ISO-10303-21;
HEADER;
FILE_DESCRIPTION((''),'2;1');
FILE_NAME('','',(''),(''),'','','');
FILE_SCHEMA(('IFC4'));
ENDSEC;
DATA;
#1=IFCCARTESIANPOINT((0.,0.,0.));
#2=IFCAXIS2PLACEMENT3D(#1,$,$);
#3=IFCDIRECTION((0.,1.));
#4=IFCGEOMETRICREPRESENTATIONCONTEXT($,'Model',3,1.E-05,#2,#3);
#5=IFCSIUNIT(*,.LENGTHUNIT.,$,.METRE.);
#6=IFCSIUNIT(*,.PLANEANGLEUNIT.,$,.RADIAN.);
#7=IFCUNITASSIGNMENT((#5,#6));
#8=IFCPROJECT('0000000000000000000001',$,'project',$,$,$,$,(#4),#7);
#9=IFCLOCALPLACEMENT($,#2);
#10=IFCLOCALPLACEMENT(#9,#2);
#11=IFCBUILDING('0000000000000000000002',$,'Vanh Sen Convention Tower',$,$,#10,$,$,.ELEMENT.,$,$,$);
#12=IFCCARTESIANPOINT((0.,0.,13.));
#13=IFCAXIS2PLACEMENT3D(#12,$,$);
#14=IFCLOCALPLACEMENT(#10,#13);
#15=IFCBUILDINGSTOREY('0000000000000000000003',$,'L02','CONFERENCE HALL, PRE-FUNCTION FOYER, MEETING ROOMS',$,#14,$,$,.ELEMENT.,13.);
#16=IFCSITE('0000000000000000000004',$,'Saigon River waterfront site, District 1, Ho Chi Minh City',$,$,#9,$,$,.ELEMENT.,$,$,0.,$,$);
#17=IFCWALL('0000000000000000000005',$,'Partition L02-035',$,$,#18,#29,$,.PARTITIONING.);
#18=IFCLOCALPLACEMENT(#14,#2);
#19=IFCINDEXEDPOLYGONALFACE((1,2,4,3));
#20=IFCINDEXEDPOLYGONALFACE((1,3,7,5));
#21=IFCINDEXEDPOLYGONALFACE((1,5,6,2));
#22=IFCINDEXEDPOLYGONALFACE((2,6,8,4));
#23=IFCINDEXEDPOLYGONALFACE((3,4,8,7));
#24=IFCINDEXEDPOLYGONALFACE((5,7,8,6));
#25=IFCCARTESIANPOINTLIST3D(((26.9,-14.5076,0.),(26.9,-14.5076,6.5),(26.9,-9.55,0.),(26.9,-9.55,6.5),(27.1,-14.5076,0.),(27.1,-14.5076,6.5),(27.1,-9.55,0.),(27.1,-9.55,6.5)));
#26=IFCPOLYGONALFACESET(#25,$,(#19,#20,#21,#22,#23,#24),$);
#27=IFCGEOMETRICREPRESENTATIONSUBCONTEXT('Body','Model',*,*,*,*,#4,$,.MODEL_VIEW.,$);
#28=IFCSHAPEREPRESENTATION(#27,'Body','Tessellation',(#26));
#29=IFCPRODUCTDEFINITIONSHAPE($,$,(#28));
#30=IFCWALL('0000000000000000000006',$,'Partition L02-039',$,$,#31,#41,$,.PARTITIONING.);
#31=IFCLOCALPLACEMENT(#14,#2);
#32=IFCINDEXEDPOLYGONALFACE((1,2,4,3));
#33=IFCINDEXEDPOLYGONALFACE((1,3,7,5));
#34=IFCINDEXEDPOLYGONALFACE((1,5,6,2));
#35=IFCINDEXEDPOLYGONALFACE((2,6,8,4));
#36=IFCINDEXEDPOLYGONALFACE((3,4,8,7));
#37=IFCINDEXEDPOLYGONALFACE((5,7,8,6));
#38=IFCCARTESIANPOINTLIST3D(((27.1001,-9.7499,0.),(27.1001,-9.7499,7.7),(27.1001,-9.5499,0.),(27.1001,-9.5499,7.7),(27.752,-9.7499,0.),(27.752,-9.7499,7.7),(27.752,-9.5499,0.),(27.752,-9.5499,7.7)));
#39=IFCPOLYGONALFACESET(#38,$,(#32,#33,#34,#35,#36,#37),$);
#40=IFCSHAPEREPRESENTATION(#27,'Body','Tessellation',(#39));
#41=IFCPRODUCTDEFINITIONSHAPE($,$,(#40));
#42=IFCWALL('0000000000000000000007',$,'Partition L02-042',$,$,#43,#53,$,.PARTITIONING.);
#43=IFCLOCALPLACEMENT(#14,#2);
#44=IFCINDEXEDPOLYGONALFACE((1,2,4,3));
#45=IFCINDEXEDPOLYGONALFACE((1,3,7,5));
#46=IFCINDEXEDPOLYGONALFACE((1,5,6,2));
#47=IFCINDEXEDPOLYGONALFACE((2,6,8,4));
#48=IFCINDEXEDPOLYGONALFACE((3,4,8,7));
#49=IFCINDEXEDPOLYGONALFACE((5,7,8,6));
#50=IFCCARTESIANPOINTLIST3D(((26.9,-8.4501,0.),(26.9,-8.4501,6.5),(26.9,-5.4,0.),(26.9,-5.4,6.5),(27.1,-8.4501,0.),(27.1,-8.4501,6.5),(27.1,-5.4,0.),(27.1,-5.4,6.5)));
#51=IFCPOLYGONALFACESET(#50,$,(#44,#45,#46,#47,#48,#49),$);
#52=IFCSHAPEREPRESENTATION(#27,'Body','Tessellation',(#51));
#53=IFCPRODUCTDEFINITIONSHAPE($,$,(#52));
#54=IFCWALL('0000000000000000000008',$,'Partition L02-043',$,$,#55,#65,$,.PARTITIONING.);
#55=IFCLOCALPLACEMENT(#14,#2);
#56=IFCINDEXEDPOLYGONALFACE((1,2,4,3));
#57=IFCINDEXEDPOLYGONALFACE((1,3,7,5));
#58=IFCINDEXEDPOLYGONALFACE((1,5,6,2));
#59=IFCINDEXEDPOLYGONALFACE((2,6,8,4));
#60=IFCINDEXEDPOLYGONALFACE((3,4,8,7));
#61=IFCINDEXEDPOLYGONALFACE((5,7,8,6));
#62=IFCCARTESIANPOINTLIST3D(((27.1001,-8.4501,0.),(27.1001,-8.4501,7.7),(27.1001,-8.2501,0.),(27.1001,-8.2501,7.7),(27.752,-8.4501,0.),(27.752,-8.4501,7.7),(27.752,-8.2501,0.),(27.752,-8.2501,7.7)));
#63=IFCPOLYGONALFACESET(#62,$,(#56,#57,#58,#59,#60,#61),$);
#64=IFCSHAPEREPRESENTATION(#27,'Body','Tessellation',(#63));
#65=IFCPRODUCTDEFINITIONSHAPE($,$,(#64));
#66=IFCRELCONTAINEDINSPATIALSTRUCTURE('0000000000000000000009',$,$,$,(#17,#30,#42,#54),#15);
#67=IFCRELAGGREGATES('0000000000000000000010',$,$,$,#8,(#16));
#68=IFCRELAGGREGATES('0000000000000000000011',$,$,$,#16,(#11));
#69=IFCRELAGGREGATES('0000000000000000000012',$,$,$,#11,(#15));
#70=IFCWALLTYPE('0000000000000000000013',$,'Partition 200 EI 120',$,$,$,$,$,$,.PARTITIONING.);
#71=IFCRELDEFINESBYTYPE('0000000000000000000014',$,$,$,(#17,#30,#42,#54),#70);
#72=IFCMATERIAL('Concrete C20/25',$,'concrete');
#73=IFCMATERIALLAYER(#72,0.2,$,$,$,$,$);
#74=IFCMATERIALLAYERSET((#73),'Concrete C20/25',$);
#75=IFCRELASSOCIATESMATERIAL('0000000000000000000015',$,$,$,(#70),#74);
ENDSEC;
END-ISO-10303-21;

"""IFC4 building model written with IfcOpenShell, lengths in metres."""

from ifc_helpers import new_model, si_unit, direction, frame, frame_2d, origin, place, context, subcontext, project, spatial, rectangle, extrude, material, layer, layer_set, type_object, element, save


model = new_model("IFC4")

# Units and contexts
model_context = context("Model", 3, precision=1e-05, world=origin(), true_north=direction((0.0, 1.0)))
body_context = subcontext(model_context, "Body", "Model", "MODEL_VIEW")
ifc_project = project(units=[si_unit("LENGTHUNIT", "METRE"), si_unit("PLANEANGLEUNIT", "RADIAN")], contexts=[model_context])

# Site, building, storey
site_placement = place(None, origin())
site = spatial("IfcSite", under=ifc_project, at=site_placement, Name="Saigon River waterfront site, District 1, Ho Chi Minh City", CompositionType="ELEMENT", RefElevation=0.0)
building_placement = place(site_placement, origin())
building = spatial("IfcBuilding", under=site, at=building_placement, Name="Vanh Sen Convention Tower", CompositionType="ELEMENT")
storey_placement = place(building_placement, frame((0.0, 0.0, 13.0)))
storey = spatial("IfcBuildingStorey", under=building, at=storey_placement, Name="L02", Description="CONFERENCE HALL, PRE-FUNCTION FOYER, MEETING ROOMS", CompositionType="ELEMENT", Elevation=13.0)

# Walls
ifc_material_1 = material(Name="Concrete C20/25", Category="concrete")
ifc_layer_1 = layer(ifc_material_1, 0.2)
ifc_layer_set_1 = layer_set([ifc_layer_1], Name="Concrete C20/25")
wall_type_1 = type_object("IfcWallType", Name="Partition 200 EI 120", PredefinedType="PARTITIONING", material=ifc_layer_set_1)
wall_1_placement = place(storey_placement, frame((27.0, -14.5076, 0.0), z_axis=(0.0, 0.0, 1.0), x_axis=(0.0, 1.0, 0.0)))
element("IfcWall", 1, at=wall_1_placement, inside=storey, type_object=wall_type_1, Name="Partition L02-035", PredefinedType="PARTITIONING", context=body_context, shape_type="SweptSolid", body=[
    extrude(rectangle(XDim=4.9575, YDim=0.2, at=frame_2d((2.4788, 0.0))), origin(), (0.0, 0.0, 1.0), 6.5),
])
wall_2_placement = place(storey_placement, frame((27.1001, -9.6499, 0.0), z_axis=(0.0, 0.0, 1.0), x_axis=(1.0, 0.0, 0.0)))
element("IfcWall", 2, at=wall_2_placement, inside=storey, type_object=wall_type_1, Name="Partition L02-039", PredefinedType="PARTITIONING", context=body_context, shape_type="SweptSolid", body=[
    extrude(rectangle(XDim=0.6519, YDim=0.2, at=frame_2d((0.3259, 0.0))), origin(), (0.0, 0.0, 1.0), 7.7),
])
wall_3_placement = place(storey_placement, frame((27.0, -8.45, 0.0), z_axis=(0.0, 0.0, 1.0), x_axis=(0.0, 1.0, 0.0)))
element("IfcWall", 3, at=wall_3_placement, inside=storey, type_object=wall_type_1, Name="Partition L02-042", PredefinedType="PARTITIONING", context=body_context, shape_type="SweptSolid", body=[
    extrude(rectangle(XDim=3.05, YDim=0.2, at=frame_2d((1.5249, 0.0))), origin(), (0.0, 0.0, 1.0), 6.5),
])
wall_4_placement = place(storey_placement, frame((27.1001, -8.3501, 0.0), z_axis=(0.0, 0.0, 1.0), x_axis=(1.0, 0.0, 0.0)))
element("IfcWall", 4, at=wall_4_placement, inside=storey, type_object=wall_type_1, Name="Partition L02-043", PredefinedType="PARTITIONING", context=body_context, shape_type="SweptSolid", body=[
    extrude(rectangle(XDim=0.6519, YDim=0.2, at=frame_2d((0.3259, 0.0))), origin(), (0.0, 0.0, 1.0), 7.7),
])

save(model, "model.ifc")
